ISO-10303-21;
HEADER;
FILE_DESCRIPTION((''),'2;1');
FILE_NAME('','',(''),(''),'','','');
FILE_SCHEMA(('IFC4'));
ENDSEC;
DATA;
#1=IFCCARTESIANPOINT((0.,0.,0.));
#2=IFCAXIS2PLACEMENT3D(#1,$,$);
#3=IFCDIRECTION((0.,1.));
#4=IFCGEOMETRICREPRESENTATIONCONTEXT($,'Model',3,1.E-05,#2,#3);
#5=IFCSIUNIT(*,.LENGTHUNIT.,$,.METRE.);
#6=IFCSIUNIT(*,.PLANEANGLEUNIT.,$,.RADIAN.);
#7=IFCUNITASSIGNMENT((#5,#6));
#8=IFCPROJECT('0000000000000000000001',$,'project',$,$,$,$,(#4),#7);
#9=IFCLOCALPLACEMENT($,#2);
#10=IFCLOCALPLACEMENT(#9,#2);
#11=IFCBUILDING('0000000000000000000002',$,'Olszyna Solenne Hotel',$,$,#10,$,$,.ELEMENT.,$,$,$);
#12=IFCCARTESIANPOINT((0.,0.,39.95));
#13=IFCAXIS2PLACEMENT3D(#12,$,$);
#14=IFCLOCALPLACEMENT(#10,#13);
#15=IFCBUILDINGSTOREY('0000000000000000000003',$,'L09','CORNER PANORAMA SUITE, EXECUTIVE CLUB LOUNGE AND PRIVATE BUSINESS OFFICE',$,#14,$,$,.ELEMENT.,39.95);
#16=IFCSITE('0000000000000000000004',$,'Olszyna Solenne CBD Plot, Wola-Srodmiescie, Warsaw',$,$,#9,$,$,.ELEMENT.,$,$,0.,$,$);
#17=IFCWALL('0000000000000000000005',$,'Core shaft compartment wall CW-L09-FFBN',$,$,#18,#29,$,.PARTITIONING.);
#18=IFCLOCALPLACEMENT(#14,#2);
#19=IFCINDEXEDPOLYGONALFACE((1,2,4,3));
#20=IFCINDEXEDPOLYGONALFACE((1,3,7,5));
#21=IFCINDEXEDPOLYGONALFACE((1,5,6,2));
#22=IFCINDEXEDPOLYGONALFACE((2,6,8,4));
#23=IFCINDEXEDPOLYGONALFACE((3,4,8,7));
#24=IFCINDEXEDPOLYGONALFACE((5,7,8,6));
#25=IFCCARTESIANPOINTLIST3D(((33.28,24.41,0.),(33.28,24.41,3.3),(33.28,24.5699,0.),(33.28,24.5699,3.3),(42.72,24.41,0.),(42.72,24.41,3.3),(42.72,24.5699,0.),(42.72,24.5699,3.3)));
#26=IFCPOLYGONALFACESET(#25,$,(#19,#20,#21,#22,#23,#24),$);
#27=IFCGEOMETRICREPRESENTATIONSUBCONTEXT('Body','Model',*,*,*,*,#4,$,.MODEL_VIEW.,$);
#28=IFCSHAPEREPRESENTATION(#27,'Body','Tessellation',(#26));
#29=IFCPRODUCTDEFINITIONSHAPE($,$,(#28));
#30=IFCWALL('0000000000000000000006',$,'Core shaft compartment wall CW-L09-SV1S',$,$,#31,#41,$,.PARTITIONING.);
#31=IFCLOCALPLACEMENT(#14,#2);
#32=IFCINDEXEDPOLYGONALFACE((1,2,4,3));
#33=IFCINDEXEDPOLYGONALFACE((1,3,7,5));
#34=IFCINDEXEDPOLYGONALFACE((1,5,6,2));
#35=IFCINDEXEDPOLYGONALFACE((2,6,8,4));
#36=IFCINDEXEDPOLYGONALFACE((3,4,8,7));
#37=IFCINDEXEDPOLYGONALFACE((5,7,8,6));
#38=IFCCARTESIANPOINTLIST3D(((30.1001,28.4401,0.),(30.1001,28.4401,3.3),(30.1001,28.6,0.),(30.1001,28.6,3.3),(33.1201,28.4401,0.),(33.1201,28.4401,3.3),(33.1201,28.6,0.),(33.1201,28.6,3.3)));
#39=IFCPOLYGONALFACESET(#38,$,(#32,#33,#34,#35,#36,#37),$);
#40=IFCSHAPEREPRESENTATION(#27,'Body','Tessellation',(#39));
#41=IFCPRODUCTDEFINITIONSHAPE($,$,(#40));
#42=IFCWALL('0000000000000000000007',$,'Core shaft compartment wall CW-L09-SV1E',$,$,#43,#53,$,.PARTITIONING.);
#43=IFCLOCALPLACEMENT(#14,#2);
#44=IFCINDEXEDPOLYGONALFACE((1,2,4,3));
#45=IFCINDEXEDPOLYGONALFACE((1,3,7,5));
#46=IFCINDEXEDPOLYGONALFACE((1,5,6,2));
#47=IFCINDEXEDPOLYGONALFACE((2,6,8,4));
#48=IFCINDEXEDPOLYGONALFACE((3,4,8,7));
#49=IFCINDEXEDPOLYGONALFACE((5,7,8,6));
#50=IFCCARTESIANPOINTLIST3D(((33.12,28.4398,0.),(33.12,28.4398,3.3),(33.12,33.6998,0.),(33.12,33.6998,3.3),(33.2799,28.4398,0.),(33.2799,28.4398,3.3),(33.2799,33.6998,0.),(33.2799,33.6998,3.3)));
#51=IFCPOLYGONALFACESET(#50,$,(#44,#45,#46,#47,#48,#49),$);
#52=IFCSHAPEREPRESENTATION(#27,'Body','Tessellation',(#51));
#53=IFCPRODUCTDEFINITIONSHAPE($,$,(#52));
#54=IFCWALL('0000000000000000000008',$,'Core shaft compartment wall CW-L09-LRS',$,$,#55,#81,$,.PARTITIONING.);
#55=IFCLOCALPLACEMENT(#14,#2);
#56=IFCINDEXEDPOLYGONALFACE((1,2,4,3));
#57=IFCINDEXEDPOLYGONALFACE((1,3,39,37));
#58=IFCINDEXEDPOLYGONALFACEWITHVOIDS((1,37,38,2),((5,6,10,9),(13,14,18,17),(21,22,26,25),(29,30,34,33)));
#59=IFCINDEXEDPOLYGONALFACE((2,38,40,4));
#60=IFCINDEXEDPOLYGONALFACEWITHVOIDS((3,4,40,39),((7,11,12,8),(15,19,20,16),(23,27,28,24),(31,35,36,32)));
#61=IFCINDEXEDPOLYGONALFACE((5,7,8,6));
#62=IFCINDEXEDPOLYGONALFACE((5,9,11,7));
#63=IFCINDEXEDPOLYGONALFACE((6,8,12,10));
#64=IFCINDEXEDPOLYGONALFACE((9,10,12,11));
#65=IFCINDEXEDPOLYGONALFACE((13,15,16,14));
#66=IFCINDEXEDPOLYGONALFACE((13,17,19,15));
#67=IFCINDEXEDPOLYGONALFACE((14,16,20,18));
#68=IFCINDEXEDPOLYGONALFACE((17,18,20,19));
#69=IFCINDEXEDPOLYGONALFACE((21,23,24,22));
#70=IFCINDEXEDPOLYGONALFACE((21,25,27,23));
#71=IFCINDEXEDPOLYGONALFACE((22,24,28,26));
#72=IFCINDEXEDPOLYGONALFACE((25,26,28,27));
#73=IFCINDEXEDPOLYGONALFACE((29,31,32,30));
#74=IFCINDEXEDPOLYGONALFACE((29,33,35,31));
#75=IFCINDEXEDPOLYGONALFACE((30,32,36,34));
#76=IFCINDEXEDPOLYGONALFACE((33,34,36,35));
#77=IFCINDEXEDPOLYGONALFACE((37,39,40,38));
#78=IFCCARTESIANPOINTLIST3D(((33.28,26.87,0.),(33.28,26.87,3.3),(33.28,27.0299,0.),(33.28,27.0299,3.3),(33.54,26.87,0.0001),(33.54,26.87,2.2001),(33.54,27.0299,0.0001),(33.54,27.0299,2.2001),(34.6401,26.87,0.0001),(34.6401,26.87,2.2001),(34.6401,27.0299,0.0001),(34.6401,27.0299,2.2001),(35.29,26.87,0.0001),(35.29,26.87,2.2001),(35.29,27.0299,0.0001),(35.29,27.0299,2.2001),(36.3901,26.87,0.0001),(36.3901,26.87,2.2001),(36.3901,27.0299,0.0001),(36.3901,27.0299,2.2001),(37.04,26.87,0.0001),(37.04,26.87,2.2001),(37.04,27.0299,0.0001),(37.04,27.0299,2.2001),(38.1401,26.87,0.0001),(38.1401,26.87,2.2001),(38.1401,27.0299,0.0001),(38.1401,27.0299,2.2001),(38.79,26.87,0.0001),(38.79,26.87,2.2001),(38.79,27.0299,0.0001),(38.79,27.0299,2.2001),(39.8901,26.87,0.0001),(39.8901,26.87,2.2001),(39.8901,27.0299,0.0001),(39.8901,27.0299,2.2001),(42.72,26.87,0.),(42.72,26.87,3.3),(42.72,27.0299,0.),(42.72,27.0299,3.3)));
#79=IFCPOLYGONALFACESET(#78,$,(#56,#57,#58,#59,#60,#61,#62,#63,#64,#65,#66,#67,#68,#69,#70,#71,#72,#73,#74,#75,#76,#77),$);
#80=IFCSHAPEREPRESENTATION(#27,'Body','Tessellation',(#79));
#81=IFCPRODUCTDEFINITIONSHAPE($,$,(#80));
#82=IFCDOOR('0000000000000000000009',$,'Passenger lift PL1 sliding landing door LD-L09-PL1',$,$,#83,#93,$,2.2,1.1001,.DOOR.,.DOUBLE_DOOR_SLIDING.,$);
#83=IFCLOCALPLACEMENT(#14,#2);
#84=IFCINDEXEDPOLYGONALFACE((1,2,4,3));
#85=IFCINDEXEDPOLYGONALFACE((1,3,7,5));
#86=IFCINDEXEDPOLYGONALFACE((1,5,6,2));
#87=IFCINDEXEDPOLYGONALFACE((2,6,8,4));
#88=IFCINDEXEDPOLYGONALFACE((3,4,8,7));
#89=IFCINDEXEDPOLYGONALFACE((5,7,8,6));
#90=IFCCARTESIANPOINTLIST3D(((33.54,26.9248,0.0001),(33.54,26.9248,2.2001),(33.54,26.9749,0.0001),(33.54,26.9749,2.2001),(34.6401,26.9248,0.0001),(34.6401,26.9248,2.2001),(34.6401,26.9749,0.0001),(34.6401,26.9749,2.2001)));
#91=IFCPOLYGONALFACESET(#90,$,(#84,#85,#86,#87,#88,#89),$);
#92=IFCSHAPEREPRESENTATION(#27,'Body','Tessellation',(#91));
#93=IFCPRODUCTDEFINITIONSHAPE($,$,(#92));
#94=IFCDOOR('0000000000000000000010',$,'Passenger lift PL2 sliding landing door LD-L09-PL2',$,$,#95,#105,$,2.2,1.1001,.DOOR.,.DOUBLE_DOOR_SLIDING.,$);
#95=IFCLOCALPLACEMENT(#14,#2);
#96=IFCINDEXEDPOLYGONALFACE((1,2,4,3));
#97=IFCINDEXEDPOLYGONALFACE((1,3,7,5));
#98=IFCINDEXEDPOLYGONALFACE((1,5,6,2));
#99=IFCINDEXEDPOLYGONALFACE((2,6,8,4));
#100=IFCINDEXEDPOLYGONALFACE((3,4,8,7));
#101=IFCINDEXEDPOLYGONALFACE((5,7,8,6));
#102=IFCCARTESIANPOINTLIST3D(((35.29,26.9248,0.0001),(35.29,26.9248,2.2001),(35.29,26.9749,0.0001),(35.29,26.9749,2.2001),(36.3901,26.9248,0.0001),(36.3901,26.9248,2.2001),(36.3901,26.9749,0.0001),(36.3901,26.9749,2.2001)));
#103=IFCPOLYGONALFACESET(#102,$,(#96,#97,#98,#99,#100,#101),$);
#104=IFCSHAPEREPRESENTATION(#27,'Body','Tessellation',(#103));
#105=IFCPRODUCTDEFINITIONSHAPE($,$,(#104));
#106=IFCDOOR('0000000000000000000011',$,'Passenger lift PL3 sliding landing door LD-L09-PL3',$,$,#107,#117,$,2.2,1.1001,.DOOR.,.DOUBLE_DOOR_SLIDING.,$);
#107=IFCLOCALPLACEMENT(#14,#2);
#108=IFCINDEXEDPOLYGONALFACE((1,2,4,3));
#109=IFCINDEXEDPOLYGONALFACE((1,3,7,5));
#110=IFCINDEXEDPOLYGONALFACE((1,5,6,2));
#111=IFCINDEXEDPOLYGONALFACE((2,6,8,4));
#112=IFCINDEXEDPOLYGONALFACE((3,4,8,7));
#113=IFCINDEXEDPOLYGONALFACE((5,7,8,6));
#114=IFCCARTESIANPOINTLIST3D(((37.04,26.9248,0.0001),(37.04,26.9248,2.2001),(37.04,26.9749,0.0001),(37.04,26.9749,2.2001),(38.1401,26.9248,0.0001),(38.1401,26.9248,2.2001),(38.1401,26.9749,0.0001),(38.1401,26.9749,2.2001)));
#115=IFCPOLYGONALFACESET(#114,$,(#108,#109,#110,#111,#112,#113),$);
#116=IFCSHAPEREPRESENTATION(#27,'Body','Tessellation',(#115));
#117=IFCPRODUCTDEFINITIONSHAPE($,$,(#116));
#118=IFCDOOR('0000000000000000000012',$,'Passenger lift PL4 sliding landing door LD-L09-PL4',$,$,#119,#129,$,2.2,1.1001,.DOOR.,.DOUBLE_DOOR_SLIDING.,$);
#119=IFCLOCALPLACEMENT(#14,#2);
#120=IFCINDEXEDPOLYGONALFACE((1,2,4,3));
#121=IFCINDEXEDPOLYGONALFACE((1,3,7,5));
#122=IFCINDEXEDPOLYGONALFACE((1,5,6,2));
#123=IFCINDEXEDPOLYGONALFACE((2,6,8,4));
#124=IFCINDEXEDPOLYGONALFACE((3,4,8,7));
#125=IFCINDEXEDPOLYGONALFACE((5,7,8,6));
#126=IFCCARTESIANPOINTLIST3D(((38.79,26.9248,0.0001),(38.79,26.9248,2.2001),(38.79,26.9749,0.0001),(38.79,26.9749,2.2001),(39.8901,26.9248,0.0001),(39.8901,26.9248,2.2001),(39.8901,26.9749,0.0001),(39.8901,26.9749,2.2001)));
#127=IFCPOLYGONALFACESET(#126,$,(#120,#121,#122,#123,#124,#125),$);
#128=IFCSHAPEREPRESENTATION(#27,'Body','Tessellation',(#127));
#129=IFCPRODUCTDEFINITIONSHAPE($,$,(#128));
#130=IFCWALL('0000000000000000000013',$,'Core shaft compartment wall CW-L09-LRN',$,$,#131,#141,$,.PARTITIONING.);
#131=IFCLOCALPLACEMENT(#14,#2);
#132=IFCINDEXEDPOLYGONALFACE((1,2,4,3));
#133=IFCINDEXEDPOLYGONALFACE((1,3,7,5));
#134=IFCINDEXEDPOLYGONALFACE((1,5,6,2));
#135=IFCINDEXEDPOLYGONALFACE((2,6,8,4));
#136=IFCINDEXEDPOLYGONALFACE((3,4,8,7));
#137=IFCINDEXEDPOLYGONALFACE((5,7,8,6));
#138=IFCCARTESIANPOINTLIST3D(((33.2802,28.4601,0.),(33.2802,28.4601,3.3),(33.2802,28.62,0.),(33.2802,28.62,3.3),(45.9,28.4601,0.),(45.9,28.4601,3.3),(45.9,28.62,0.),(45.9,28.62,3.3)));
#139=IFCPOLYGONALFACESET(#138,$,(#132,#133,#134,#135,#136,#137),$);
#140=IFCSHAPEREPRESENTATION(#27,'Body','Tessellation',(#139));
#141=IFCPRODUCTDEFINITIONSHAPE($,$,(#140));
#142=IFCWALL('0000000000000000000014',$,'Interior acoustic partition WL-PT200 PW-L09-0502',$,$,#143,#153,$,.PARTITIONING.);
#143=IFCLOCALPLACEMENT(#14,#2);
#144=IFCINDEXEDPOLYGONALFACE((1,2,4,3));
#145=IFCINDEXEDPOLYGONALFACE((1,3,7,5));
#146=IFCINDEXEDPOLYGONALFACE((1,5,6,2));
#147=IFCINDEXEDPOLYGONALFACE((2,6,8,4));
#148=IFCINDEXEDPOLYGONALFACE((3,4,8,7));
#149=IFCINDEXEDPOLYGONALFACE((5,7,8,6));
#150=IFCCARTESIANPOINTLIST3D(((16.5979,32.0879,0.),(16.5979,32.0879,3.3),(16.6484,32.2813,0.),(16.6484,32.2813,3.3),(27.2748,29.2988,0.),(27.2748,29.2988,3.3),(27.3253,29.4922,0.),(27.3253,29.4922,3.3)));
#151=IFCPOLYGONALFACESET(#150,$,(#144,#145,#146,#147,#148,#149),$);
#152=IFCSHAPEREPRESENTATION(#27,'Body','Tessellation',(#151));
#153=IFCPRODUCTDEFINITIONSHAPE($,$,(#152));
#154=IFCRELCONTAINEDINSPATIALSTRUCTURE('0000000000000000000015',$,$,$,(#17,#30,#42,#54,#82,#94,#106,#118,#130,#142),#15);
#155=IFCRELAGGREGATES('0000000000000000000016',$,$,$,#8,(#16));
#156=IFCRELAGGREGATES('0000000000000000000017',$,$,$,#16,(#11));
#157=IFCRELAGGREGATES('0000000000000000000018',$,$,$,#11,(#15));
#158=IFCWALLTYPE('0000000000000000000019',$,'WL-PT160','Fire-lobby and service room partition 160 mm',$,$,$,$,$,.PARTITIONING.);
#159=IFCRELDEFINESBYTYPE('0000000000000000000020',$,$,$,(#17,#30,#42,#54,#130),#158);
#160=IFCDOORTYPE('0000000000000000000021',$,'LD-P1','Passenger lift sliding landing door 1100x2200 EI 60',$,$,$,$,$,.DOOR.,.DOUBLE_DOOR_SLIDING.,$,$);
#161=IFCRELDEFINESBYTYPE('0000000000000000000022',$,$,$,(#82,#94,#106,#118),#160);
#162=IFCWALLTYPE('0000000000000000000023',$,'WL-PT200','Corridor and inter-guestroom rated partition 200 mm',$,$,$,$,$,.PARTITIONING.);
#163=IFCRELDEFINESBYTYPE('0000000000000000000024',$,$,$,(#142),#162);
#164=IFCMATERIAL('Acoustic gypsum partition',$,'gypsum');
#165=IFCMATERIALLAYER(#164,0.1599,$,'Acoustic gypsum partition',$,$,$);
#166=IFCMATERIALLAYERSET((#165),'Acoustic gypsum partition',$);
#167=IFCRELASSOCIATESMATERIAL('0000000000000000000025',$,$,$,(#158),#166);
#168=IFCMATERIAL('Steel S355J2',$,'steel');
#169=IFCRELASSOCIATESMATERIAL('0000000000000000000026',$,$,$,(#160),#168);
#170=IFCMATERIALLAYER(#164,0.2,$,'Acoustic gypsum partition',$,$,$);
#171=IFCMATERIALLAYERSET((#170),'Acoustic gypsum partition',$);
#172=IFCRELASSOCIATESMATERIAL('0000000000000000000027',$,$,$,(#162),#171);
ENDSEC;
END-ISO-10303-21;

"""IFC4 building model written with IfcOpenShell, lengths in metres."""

from ifc_helpers import new_model, si_unit, direction, frame, frame_2d, origin, place, context, subcontext, project, spatial, rectangle, extrude, source, transform, mapped, material, layer, layer_set, type_object, type_shapes, element, fill, save


model = new_model("IFC4")

# Units and contexts
model_context = context("Model", 3, precision=1e-05, world=origin(), true_north=direction((0.0, 1.0)))
body_context = subcontext(model_context, "Body", "Model", "MODEL_VIEW")
ifc_project = project(units=[si_unit("LENGTHUNIT", "METRE"), si_unit("PLANEANGLEUNIT", "RADIAN")], contexts=[model_context])

# Site, building, storey
site_placement = place(None, origin())
site = spatial("IfcSite", under=ifc_project, at=site_placement, Name="Olszyna Solenne CBD Plot, Wola-Srodmiescie, Warsaw", CompositionType="ELEMENT", RefElevation=0.0)
building_placement = place(site_placement, origin())
building = spatial("IfcBuilding", under=site, at=building_placement, Name="Olszyna Solenne Hotel", CompositionType="ELEMENT")
storey_placement = place(building_placement, frame((0.0, 0.0, 39.95)))
storey = spatial("IfcBuildingStorey", under=building, at=storey_placement, Name="L09", Description="CORNER PANORAMA SUITE, EXECUTIVE CLUB LOUNGE AND PRIVATE BUSINESS OFFICE", CompositionType="ELEMENT", Elevation=39.95)

# Shared definitions
ifc_material_1 = material(Name="Steel S355J2", Category="steel")

# Shared definitions
ifc_material_2 = material(Name="Acoustic gypsum partition", Category="gypsum")

# Walls
ifc_layer_1 = layer(ifc_material_2, 0.1599, Name="Acoustic gypsum partition")
ifc_layer_set_1 = layer_set([ifc_layer_1], Name="Acoustic gypsum partition")
wall_type_1 = type_object("IfcWallType", Name="WL-PT160", Description="Fire-lobby and service room partition 160 mm", PredefinedType="PARTITIONING", material=ifc_layer_set_1)
wall_1_placement = place(storey_placement, frame((33.28, 24.49, 0.0), z_axis=(0.0, 0.0, 1.0), x_axis=(1.0, 0.0, 0.0)))
element("IfcWall", 1, at=wall_1_placement, inside=storey, type_object=wall_type_1, Name="Core shaft compartment wall CW-L09-FFBN", PredefinedType="PARTITIONING", context=body_context, shape_type="SweptSolid", body=[
    extrude(rectangle(XDim=9.4399, YDim=0.1599, at=frame_2d((4.72, 0.0))), origin(), (0.0, 0.0, 1.0), 3.3),
])
wall_2_placement = place(storey_placement, frame((30.1001, 28.52, 0.0), z_axis=(0.0, 0.0, 1.0), x_axis=(1.0, 0.0, 0.0)))
element("IfcWall", 2, at=wall_2_placement, inside=storey, type_object=wall_type_1, Name="Core shaft compartment wall CW-L09-SV1S", PredefinedType="PARTITIONING", context=body_context, shape_type="SweptSolid", body=[
    extrude(rectangle(XDim=3.02, YDim=0.1599, at=frame_2d((1.51, 0.0))), origin(), (0.0, 0.0, 1.0), 3.3),
])
wall_3_placement = place(storey_placement, frame((33.2, 28.4399, 0.0), z_axis=(0.0, 0.0, 1.0), x_axis=(0.0, 1.0, 0.0)))
element("IfcWall", 3, at=wall_3_placement, inside=storey, type_object=wall_type_1, Name="Core shaft compartment wall CW-L09-SV1E", PredefinedType="PARTITIONING", context=body_context, shape_type="SweptSolid", body=[
    extrude(rectangle(XDim=5.26, YDim=0.1599, at=frame_2d((2.6299, 0.0))), origin(), (0.0, 0.0, 1.0), 3.3),
])

# Wall, openings, doors
wall_4_placement = place(storey_placement, frame((33.28, 26.95, 0.0), z_axis=(0.0, 0.0, 1.0), x_axis=(1.0, 0.0, 0.0)))
wall_4 = element("IfcWall", 4, at=wall_4_placement, inside=storey, type_object=wall_type_1, Name="Core shaft compartment wall CW-L09-LRS", PredefinedType="PARTITIONING", context=body_context, shape_type="SweptSolid", body=[
    extrude(rectangle(XDim=9.4399, YDim=0.1599, at=frame_2d((4.72, 0.0))), origin(), (0.0, 0.0, 1.0), 3.3),
])
opening_1_placement = place(wall_4_placement, frame((0.26, 0.0, 0.0)))
opening_1 = element("IfcOpeningElement", 5, at=opening_1_placement, cuts=wall_4, PredefinedType="OPENING", context=body_context, shape_type="SweptSolid", body=[
    extrude(rectangle(XDim=1.1001, YDim=2.2, at=frame_2d((0.55, 1.1001))), frame((0.0, 0.0898, 0.0), z_axis=(0.0, -1.0, 0.0), x_axis=(1.0, 0.0, 0.0)), (0.0, 0.0, 1.0), 0.1799),
])
opening_2_placement = place(wall_4_placement, frame((2.01, 0.0, 0.0)))
opening_2 = element("IfcOpeningElement", 6, at=opening_2_placement, cuts=wall_4, PredefinedType="OPENING", context=body_context, shape_type="SweptSolid", body=[
    extrude(rectangle(XDim=1.1001, YDim=2.2, at=frame_2d((0.55, 1.1001))), frame((0.0, 0.0898, 0.0), z_axis=(0.0, -1.0, 0.0), x_axis=(1.0, 0.0, 0.0)), (0.0, 0.0, 1.0), 0.1799),
])
opening_3_placement = place(wall_4_placement, frame((3.76, 0.0, 0.0)))
opening_3 = element("IfcOpeningElement", 7, at=opening_3_placement, cuts=wall_4, PredefinedType="OPENING", context=body_context, shape_type="SweptSolid", body=[
    extrude(rectangle(XDim=1.1001, YDim=2.2, at=frame_2d((0.55, 1.1001))), frame((0.0, 0.0898, 0.0), z_axis=(0.0, -1.0, 0.0), x_axis=(1.0, 0.0, 0.0)), (0.0, 0.0, 1.0), 0.1799),
])
opening_4_placement = place(wall_4_placement, frame((5.51, 0.0, 0.0)))
opening_4 = element("IfcOpeningElement", 8, at=opening_4_placement, cuts=wall_4, PredefinedType="OPENING", context=body_context, shape_type="SweptSolid", body=[
    extrude(rectangle(XDim=1.1001, YDim=2.2, at=frame_2d((0.55, 1.1001))), frame((0.0, 0.0898, 0.0), z_axis=(0.0, -1.0, 0.0), x_axis=(1.0, 0.0, 0.0)), (0.0, 0.0, 1.0), 0.1799),
])
door_type_1 = type_object("IfcDoorType", Name="LD-P1", Description="Passenger lift sliding landing door 1100x2200 EI 60", OperationType="DOUBLE_DOOR_SLIDING", PredefinedType="DOOR", material=ifc_material_1)
shared_shape_1 = source(origin(), body_context, "Body", "SweptSolid", [
    extrude(rectangle(XDim=1.1001, YDim=2.2, at=frame_2d((0.55, 1.1001))), frame((0.0, 0.0249, 0.0), z_axis=(0.0, -1.0, 0.0), x_axis=(1.0, 0.0, 0.0)), (0.0, 0.0, 1.0), 0.05),
])
type_shapes(door_type_1, [shared_shape_1])
door_1_placement = place(opening_1_placement, origin())
door_1 = element("IfcDoor", 9, at=door_1_placement, inside=storey, type_object=door_type_1, Name="Passenger lift PL1 sliding landing door LD-L09-PL1", OperationType="DOUBLE_DOOR_SLIDING", OverallHeight=2.2, OverallWidth=1.1001, PredefinedType="DOOR", context=body_context, shape_type="MappedRepresentation", body=[
    mapped(shared_shape_1, transform((0.0, 0.0, 0.0), x_axis=(1.0, 0.0, 0.0), y_axis=(0.0, 1.0, 0.0), z_axis=(0.0, 0.0, 1.0), scale=1.0)),
])
fill(opening_1, door_1)
door_2_placement = place(opening_2_placement, origin())
door_2 = element("IfcDoor", 10, at=door_2_placement, inside=storey, type_object=door_type_1, Name="Passenger lift PL2 sliding landing door LD-L09-PL2", OperationType="DOUBLE_DOOR_SLIDING", OverallHeight=2.2, OverallWidth=1.1001, PredefinedType="DOOR", context=body_context, shape_type="MappedRepresentation", body=[
    mapped(shared_shape_1, transform((0.0, 0.0, 0.0), x_axis=(1.0, 0.0, 0.0), y_axis=(0.0, 1.0, 0.0), z_axis=(0.0, 0.0, 1.0), scale=1.0)),
])
fill(opening_2, door_2)
door_3_placement = place(opening_3_placement, origin())
door_3 = element("IfcDoor", 11, at=door_3_placement, inside=storey, type_object=door_type_1, Name="Passenger lift PL3 sliding landing door LD-L09-PL3", OperationType="DOUBLE_DOOR_SLIDING", OverallHeight=2.2, OverallWidth=1.1001, PredefinedType="DOOR", context=body_context, shape_type="MappedRepresentation", body=[
    mapped(shared_shape_1, transform((0.0, 0.0, 0.0), x_axis=(1.0, 0.0, 0.0), y_axis=(0.0, 1.0, 0.0), z_axis=(0.0, 0.0, 1.0), scale=1.0)),
])
fill(opening_3, door_3)
door_4_placement = place(opening_4_placement, origin())
door_4 = element("IfcDoor", 12, at=door_4_placement, inside=storey, type_object=door_type_1, Name="Passenger lift PL4 sliding landing door LD-L09-PL4", OperationType="DOUBLE_DOOR_SLIDING", OverallHeight=2.2, OverallWidth=1.1001, PredefinedType="DOOR", context=body_context, shape_type="MappedRepresentation", body=[
    mapped(shared_shape_1, transform((0.0, 0.0, 0.0), x_axis=(1.0, 0.0, 0.0), y_axis=(0.0, 1.0, 0.0), z_axis=(0.0, 0.0, 1.0), scale=1.0)),
])
fill(opening_4, door_4)

# Walls
wall_5_placement = place(storey_placement, frame((33.28, 28.54, 0.0), z_axis=(0.0, 0.0, 1.0), x_axis=(1.0, 0.0, 0.0)))
element("IfcWall", 13, at=wall_5_placement, inside=storey, type_object=wall_type_1, Name="Core shaft compartment wall CW-L09-LRN", PredefinedType="PARTITIONING", context=body_context, shape_type="SweptSolid", body=[
    extrude(rectangle(XDim=12.6199, YDim=0.1599, at=frame_2d((6.3101, 0.0))), origin(), (0.0, 0.0, 1.0), 3.3),
])
ifc_layer_2 = layer(ifc_material_2, 0.2, Name="Acoustic gypsum partition")
ifc_layer_set_2 = layer_set([ifc_layer_2], Name="Acoustic gypsum partition")
wall_type_2 = type_object("IfcWallType", Name="WL-PT200", Description="Corridor and inter-guestroom rated partition 200 mm", PredefinedType="PARTITIONING", material=ifc_layer_set_2)
wall_6_placement = place(storey_placement, frame((27.3, 29.3955, 0.0), z_axis=(0.0, 0.0, 1.0), x_axis=(-0.967533, 0.252746, 0.0)))
element("IfcWall", 14, at=wall_6_placement, inside=storey, type_object=wall_type_2, Name="Interior acoustic partition WL-PT200 PW-L09-0502", PredefinedType="PARTITIONING", context=body_context, shape_type="SweptSolid", body=[
    extrude(rectangle(XDim=11.0352, YDim=0.2, at=frame_2d((5.5176, 0.0))), origin(), (0.0, 0.0, 1.0), 3.3),
])

save(model, "model.ifc")
